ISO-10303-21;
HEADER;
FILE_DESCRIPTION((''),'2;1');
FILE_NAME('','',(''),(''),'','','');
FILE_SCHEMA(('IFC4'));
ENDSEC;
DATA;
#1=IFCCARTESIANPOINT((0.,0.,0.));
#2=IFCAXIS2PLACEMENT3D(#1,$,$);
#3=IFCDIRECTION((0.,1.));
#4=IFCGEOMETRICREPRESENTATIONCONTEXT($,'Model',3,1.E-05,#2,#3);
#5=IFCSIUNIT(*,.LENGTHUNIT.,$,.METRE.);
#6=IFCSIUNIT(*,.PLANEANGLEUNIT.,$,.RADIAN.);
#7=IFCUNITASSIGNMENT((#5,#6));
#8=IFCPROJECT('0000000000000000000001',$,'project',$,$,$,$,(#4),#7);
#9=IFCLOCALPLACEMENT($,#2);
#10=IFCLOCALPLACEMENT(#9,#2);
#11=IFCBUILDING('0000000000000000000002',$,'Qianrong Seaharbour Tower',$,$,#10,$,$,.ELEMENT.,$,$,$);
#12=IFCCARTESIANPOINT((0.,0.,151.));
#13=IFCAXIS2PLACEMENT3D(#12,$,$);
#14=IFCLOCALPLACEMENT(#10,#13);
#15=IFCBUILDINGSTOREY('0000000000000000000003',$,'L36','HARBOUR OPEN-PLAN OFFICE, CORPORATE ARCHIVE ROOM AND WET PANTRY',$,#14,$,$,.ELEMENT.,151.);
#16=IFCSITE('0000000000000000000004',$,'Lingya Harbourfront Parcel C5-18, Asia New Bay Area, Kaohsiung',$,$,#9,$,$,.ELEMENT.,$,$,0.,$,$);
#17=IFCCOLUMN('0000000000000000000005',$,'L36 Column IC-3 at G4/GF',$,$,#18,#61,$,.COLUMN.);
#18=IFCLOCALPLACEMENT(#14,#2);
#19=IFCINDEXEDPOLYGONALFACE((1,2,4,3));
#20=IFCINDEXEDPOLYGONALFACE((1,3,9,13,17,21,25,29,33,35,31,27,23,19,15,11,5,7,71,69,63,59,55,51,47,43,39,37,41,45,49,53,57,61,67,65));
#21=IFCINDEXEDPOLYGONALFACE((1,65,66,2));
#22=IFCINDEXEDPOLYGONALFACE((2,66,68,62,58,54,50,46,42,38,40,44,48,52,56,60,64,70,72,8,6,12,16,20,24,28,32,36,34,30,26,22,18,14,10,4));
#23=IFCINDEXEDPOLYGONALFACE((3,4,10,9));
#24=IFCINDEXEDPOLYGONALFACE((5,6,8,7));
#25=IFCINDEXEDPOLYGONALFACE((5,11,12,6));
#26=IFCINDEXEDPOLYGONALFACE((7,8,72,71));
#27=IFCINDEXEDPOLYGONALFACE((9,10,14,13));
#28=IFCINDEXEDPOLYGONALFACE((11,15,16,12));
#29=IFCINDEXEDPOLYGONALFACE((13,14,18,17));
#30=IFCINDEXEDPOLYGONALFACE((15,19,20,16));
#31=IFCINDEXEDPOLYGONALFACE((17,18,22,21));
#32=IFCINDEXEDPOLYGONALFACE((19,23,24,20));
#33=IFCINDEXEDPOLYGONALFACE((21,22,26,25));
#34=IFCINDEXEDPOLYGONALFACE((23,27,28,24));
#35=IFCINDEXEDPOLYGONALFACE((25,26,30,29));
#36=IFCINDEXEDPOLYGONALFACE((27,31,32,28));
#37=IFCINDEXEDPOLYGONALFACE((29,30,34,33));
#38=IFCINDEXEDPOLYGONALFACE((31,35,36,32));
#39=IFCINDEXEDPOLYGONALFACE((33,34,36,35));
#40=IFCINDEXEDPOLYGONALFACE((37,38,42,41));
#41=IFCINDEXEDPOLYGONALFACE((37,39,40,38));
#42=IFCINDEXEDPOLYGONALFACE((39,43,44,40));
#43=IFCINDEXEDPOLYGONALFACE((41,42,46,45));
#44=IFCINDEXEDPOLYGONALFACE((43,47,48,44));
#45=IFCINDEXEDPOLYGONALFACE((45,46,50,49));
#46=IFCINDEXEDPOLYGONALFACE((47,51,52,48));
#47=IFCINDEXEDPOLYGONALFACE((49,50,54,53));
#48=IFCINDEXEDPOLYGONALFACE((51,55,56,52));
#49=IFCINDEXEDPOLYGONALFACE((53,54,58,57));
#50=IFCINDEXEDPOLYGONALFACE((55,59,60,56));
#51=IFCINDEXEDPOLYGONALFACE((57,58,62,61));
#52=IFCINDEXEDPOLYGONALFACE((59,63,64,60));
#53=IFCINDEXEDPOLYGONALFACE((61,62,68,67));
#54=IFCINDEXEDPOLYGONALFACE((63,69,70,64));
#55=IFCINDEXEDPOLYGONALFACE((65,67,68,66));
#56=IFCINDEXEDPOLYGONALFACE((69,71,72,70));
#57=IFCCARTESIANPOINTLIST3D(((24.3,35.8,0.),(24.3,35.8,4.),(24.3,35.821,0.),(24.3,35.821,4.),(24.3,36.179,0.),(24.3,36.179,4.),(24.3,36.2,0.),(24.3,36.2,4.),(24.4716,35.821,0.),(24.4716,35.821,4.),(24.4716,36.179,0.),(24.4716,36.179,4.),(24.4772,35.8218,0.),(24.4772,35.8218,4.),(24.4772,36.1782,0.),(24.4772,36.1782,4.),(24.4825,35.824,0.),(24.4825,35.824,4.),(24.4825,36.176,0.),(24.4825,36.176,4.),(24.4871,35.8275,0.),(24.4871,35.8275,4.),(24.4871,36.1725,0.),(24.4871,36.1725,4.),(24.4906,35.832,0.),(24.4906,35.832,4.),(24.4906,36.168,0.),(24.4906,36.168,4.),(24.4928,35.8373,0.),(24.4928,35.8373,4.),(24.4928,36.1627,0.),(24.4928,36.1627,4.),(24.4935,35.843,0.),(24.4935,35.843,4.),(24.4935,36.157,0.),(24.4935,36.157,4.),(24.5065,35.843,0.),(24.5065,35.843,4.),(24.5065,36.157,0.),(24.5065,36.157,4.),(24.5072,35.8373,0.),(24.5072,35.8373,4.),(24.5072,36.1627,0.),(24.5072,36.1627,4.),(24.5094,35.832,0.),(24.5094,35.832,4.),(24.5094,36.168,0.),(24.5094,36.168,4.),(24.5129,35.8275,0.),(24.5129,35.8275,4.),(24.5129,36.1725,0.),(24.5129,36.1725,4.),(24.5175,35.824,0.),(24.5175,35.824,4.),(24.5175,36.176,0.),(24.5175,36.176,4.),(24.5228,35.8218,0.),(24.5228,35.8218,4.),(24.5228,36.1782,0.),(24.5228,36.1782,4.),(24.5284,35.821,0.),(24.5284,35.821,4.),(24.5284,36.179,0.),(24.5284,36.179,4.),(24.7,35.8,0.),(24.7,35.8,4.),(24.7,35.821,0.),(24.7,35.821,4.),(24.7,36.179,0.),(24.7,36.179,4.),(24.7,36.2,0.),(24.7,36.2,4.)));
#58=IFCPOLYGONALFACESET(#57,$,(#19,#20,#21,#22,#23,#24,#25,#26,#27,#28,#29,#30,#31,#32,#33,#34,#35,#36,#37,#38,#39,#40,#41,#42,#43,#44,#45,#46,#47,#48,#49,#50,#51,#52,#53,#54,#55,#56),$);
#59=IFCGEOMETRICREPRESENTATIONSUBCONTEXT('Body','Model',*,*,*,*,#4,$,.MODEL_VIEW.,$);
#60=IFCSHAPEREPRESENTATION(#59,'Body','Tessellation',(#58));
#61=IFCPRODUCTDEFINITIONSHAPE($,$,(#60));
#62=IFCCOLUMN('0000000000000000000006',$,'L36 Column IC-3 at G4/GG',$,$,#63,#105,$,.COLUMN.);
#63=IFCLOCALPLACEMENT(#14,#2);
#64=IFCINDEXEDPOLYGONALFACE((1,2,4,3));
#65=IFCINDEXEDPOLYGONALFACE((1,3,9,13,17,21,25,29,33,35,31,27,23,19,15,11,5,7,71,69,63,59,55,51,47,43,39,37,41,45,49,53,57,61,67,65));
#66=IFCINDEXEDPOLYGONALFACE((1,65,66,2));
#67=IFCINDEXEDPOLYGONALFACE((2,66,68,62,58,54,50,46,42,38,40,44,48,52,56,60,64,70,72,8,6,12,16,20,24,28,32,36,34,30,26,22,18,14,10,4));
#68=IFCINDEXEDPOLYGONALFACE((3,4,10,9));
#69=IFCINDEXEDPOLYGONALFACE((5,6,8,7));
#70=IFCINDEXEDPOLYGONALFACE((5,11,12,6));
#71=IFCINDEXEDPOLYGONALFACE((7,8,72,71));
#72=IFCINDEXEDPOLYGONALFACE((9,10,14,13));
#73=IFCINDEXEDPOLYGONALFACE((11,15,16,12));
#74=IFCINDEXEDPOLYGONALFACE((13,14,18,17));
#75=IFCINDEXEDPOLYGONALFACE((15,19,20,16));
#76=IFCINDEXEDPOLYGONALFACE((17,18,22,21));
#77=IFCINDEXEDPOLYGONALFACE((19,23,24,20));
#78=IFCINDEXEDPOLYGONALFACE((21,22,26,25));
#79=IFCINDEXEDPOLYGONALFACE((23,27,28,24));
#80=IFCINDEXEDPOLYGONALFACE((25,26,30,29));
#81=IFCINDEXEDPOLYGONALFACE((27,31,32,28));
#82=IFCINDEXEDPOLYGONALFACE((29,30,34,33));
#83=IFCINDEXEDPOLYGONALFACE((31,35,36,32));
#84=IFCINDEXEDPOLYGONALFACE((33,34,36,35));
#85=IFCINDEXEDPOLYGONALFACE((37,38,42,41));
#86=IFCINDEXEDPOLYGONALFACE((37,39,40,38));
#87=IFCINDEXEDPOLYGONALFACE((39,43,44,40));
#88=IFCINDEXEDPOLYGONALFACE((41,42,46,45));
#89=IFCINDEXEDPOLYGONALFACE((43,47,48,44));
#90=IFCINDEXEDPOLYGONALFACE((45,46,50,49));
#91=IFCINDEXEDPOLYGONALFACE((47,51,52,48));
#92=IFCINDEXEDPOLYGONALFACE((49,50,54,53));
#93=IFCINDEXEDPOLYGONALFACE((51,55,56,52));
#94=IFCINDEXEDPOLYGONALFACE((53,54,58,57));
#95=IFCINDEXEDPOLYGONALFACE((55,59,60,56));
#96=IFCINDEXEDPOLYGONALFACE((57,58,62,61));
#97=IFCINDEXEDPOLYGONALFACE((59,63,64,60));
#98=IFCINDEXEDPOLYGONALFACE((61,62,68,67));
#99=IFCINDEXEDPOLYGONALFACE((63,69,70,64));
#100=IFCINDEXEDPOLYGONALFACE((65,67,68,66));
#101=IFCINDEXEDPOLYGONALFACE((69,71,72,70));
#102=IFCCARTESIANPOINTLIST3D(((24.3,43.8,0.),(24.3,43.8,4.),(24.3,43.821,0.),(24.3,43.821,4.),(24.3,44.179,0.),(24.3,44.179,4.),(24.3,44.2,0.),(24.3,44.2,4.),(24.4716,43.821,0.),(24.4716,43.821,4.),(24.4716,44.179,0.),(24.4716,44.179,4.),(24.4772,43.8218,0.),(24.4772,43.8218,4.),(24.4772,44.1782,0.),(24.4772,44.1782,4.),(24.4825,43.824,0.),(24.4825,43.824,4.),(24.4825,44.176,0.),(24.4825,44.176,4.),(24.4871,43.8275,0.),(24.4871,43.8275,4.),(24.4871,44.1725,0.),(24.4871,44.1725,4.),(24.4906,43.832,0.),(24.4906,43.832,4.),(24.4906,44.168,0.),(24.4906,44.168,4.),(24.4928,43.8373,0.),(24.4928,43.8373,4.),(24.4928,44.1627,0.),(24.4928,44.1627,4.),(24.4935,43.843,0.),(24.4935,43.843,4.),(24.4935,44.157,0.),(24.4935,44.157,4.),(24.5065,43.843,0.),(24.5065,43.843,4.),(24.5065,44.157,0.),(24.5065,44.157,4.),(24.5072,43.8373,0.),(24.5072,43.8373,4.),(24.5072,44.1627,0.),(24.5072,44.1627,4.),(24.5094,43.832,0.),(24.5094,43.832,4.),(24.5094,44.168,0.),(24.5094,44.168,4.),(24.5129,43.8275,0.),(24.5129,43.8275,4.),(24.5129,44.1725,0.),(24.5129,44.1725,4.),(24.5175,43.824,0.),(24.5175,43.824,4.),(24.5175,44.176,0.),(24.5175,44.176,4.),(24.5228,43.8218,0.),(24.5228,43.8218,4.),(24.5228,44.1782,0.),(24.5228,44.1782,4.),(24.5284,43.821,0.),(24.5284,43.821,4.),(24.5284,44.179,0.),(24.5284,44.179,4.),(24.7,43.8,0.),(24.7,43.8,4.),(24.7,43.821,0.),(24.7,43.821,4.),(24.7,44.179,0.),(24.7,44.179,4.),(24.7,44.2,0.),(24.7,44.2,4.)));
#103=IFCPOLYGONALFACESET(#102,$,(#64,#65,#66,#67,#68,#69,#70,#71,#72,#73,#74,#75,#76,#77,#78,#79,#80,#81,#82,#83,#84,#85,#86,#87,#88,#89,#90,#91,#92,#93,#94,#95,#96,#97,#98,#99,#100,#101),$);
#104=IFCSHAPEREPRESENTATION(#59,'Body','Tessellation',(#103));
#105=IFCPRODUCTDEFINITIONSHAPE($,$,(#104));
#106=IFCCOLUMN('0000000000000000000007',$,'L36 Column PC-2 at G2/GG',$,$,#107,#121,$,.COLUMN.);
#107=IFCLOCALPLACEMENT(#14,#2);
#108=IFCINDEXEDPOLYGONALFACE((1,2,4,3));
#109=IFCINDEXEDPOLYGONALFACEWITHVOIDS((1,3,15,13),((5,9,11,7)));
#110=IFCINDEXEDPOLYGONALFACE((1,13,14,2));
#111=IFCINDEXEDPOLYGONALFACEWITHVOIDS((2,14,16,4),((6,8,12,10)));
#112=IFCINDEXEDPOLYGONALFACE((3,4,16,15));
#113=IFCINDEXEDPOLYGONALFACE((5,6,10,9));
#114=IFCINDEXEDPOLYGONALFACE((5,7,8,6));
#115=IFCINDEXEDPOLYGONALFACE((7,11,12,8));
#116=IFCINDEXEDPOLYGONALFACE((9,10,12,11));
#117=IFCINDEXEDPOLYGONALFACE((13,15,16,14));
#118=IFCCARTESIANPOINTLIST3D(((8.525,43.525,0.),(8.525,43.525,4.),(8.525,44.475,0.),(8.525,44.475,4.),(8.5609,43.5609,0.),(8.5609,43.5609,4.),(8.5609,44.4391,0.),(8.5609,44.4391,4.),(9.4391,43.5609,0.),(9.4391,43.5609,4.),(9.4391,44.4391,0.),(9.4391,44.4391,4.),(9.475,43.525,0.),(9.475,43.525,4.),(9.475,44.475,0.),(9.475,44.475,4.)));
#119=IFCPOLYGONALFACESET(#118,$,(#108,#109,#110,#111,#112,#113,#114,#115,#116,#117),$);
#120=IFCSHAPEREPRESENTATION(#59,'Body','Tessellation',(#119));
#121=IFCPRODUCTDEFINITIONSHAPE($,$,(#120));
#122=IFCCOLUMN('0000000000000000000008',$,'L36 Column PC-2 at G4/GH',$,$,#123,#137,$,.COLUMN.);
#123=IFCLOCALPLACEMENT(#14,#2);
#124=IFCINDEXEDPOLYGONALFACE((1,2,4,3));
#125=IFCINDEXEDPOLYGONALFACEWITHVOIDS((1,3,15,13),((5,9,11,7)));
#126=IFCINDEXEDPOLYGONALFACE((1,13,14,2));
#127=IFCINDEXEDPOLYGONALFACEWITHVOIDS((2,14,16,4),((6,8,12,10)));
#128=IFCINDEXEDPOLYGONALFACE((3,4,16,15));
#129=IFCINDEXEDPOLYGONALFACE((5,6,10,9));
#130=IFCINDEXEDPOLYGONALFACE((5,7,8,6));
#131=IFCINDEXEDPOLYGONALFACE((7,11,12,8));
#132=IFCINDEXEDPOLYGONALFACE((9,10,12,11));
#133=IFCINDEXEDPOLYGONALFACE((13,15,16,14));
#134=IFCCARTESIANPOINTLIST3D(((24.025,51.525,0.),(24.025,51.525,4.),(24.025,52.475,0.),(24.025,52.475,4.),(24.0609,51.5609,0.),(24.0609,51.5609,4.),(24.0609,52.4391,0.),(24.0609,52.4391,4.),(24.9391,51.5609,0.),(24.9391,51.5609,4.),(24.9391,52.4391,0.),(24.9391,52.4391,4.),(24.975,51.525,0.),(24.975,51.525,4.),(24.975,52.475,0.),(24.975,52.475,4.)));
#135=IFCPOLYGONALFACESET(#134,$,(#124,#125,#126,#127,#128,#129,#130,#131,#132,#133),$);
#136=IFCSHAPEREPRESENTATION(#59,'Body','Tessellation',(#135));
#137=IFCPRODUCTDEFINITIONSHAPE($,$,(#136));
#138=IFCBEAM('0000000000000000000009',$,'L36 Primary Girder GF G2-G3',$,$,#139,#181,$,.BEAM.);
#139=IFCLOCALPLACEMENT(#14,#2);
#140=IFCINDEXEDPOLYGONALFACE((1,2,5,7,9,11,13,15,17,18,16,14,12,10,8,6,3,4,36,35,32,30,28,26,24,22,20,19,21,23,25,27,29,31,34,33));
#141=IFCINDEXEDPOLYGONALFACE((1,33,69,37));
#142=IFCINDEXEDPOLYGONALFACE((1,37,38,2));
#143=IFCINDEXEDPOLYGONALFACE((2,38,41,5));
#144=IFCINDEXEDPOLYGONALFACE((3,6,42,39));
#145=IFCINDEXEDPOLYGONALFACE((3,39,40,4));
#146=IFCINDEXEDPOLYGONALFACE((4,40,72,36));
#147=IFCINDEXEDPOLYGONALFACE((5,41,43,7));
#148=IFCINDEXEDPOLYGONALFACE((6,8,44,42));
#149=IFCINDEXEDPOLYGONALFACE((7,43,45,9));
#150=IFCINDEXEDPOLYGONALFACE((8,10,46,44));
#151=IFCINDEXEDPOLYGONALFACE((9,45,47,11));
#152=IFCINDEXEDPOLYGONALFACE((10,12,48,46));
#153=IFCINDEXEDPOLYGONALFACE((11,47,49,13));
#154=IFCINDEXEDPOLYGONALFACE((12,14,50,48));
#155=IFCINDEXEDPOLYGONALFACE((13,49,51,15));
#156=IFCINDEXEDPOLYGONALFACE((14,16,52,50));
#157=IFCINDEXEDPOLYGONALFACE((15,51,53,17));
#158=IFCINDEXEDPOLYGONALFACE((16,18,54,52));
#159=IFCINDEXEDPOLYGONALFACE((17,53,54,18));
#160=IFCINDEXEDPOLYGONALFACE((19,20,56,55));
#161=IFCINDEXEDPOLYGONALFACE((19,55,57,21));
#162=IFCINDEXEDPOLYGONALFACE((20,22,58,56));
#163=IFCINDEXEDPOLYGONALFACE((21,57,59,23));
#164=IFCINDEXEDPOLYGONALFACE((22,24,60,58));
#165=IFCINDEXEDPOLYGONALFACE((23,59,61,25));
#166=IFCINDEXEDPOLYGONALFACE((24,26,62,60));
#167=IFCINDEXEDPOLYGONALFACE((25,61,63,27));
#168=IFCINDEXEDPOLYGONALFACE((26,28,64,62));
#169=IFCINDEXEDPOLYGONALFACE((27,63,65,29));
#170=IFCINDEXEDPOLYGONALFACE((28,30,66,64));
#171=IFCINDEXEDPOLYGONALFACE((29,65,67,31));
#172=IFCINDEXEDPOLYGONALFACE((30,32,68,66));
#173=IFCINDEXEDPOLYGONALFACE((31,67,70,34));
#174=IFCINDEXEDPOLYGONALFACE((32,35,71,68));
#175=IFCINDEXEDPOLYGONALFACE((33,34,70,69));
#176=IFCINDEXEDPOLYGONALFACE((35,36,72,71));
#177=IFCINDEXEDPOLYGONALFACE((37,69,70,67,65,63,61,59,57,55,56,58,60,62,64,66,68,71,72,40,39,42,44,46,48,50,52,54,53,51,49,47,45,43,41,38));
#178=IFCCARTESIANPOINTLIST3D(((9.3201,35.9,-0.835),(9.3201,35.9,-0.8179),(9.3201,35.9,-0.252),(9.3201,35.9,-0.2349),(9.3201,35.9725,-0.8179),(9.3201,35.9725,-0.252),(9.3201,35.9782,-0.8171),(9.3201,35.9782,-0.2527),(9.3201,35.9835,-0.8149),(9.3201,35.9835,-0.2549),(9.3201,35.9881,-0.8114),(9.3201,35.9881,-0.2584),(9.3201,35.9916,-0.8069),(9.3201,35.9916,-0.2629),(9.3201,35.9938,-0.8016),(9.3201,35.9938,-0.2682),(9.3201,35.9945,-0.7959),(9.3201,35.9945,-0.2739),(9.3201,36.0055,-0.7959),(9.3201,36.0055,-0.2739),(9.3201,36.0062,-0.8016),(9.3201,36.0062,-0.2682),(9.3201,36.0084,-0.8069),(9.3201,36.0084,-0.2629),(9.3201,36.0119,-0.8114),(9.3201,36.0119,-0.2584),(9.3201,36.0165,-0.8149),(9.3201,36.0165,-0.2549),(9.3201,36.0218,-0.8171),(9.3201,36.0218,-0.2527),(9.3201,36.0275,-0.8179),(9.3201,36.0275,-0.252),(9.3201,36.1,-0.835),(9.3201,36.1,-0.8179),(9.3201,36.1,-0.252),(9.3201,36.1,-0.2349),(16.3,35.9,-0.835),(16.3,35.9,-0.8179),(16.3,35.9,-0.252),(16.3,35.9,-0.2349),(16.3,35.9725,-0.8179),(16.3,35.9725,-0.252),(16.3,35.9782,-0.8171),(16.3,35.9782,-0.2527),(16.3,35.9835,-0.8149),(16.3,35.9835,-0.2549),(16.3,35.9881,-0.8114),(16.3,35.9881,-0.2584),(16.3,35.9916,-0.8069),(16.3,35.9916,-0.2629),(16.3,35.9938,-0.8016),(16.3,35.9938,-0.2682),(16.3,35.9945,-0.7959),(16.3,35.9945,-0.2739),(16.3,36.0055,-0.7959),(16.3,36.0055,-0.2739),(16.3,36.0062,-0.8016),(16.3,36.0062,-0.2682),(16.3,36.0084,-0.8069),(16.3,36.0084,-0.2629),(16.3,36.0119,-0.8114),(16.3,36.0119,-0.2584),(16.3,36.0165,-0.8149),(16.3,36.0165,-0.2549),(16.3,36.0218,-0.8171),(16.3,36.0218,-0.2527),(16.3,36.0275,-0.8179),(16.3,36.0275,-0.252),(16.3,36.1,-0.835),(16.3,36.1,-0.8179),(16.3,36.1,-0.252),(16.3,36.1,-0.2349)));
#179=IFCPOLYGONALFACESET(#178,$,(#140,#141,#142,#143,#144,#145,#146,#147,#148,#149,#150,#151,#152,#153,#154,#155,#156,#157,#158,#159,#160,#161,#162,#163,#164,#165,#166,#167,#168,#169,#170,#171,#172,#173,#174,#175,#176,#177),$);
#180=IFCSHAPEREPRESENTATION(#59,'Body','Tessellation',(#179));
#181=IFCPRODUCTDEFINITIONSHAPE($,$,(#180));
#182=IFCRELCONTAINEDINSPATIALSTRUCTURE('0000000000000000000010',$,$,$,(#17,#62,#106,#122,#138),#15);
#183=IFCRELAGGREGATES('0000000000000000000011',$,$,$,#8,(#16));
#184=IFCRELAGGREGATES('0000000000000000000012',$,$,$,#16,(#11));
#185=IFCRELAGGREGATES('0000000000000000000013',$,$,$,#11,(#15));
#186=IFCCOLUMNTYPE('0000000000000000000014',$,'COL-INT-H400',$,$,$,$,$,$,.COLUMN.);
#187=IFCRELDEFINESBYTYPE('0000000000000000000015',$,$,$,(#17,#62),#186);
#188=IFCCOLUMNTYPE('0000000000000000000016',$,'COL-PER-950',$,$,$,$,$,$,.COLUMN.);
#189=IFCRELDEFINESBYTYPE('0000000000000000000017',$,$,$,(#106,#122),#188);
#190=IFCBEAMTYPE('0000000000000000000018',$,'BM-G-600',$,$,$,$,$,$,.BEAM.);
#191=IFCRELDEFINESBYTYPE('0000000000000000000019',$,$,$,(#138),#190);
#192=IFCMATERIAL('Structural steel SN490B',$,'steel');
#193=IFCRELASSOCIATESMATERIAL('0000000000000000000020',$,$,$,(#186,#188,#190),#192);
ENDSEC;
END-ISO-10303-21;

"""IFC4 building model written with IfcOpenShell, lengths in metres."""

from ifc_helpers import new_model, si_unit, direction, frame, origin, origin_2d, place, context, subcontext, project, spatial, hollow_rectangle, i_section, extrude, material, material_profile, profile_set, type_object, element, save


model = new_model("IFC4")

# Units and contexts
model_context = context("Model", 3, precision=1e-05, world=origin(), true_north=direction((0.0, 1.0)))
body_context = subcontext(model_context, "Body", "Model", "MODEL_VIEW")
ifc_project = project(units=[si_unit("LENGTHUNIT", "METRE"), si_unit("PLANEANGLEUNIT", "RADIAN")], contexts=[model_context])

# Site, building, storey
site_placement = place(None, origin())
site = spatial("IfcSite", under=ifc_project, at=site_placement, Name="Lingya Harbourfront Parcel C5-18, Asia New Bay Area, Kaohsiung", CompositionType="ELEMENT", RefElevation=0.0)
building_placement = place(site_placement, origin())
building = spatial("IfcBuilding", under=site, at=building_placement, Name="Qianrong Seaharbour Tower", CompositionType="ELEMENT")
storey_placement = place(building_placement, frame((0.0, 0.0, 151.0)))
storey = spatial("IfcBuildingStorey", under=building, at=storey_placement, Name="L36", Description="HARBOUR OPEN-PLAN OFFICE, CORPORATE ARCHIVE ROOM AND WET PANTRY", CompositionType="ELEMENT", Elevation=151.0)

# Columns
ifc_material_1 = material(Name="Structural steel SN490B", Category="steel")
ifc_material_profile_1 = material_profile(ifc_material_1, i_section(OverallWidth=0.3999, OverallDepth=0.3999, WebThickness=0.0129, FlangeThickness=0.021, FilletRadius=0.022, at=origin_2d()), Name="H400x400x13x21")
ifc_profile_set_1 = profile_set([ifc_material_profile_1], Name="Structural steel SN490B")
column_type_1 = type_object("IfcColumnType", Name="COL-INT-H400", PredefinedType="COLUMN", material=ifc_profile_set_1)
for number, where, z_axis, x_axis, name in (
    (1, (24.5, 36.0, 0.0), (0.0, 0.0, 1.0), (1.0, 0.0, 0.0), "L36 Column IC-3 at G4/GF"),
    (2, (24.5, 44.0, 0.0), (0.0, 0.0, 1.0), (1.0, 0.0, 0.0), "L36 Column IC-3 at G4/GG"),
):
    element("IfcColumn", number, at=place(storey_placement, frame(where, z_axis=z_axis, x_axis=x_axis)), inside=storey, type_object=column_type_1, Name=name, PredefinedType="COLUMN", context=body_context, shape_type="SweptSolid", body=[
        extrude(i_section(OverallWidth=0.3999, OverallDepth=0.3999, WebThickness=0.0129, FlangeThickness=0.021, FilletRadius=0.022, at=origin_2d()), origin(), (0.0, 0.0, 1.0), 4.0),
    ])
ifc_material_profile_2 = material_profile(ifc_material_1, hollow_rectangle(XDim=0.95, YDim=0.95, WallThickness=0.0359, at=origin_2d()), Name="BOX950x950x36")
ifc_profile_set_2 = profile_set([ifc_material_profile_2], Name="Structural steel SN490B")
column_type_2 = type_object("IfcColumnType", Name="COL-PER-950", PredefinedType="COLUMN", material=ifc_profile_set_2)
for number, where, z_axis, x_axis, name in (
    (3, (9.0, 44.0, 0.0), (0.0, 0.0, 1.0), (1.0, 0.0, 0.0), "L36 Column PC-2 at G2/GG"),
    (4, (24.5, 52.0, 0.0), (0.0, 0.0, 1.0), (1.0, 0.0, 0.0), "L36 Column PC-2 at G4/GH"),
):
    element("IfcColumn", number, at=place(storey_placement, frame(where, z_axis=z_axis, x_axis=x_axis)), inside=storey, type_object=column_type_2, Name=name, PredefinedType="COLUMN", context=body_context, shape_type="SweptSolid", body=[
        extrude(hollow_rectangle(XDim=0.95, YDim=0.95, WallThickness=0.0359, at=origin_2d()), origin(), (0.0, 0.0, 1.0), 4.0),
    ])

# Beam
ifc_material_profile_3 = material_profile(ifc_material_1, i_section(OverallWidth=0.2, OverallDepth=0.6001, WebThickness=0.011, FlangeThickness=0.0171, FilletRadius=0.022, at=origin_2d()), Name="H600x200x11x17")
ifc_profile_set_3 = profile_set([ifc_material_profile_3], Name="Structural steel SN490B")
beam_type_1 = type_object("IfcBeamType", Name="BM-G-600", PredefinedType="BEAM", material=ifc_profile_set_3)
beam_1_placement = place(storey_placement, frame((9.3201, 36.0, -0.5349), z_axis=(1.0, 0.0, 0.0), x_axis=(0.0, 1.0, 0.0)))
element("IfcBeam", 5, at=beam_1_placement, inside=storey, type_object=beam_type_1, Name="L36 Primary Girder GF G2-G3", PredefinedType="BEAM", context=body_context, shape_type="SweptSolid", body=[
    extrude(i_section(OverallWidth=0.2, OverallDepth=0.6001, WebThickness=0.011, FlangeThickness=0.0171, FilletRadius=0.022, at=origin_2d()), origin(), (0.0, 0.0, 1.0), 6.98),
])

save(model, "model.ifc")
